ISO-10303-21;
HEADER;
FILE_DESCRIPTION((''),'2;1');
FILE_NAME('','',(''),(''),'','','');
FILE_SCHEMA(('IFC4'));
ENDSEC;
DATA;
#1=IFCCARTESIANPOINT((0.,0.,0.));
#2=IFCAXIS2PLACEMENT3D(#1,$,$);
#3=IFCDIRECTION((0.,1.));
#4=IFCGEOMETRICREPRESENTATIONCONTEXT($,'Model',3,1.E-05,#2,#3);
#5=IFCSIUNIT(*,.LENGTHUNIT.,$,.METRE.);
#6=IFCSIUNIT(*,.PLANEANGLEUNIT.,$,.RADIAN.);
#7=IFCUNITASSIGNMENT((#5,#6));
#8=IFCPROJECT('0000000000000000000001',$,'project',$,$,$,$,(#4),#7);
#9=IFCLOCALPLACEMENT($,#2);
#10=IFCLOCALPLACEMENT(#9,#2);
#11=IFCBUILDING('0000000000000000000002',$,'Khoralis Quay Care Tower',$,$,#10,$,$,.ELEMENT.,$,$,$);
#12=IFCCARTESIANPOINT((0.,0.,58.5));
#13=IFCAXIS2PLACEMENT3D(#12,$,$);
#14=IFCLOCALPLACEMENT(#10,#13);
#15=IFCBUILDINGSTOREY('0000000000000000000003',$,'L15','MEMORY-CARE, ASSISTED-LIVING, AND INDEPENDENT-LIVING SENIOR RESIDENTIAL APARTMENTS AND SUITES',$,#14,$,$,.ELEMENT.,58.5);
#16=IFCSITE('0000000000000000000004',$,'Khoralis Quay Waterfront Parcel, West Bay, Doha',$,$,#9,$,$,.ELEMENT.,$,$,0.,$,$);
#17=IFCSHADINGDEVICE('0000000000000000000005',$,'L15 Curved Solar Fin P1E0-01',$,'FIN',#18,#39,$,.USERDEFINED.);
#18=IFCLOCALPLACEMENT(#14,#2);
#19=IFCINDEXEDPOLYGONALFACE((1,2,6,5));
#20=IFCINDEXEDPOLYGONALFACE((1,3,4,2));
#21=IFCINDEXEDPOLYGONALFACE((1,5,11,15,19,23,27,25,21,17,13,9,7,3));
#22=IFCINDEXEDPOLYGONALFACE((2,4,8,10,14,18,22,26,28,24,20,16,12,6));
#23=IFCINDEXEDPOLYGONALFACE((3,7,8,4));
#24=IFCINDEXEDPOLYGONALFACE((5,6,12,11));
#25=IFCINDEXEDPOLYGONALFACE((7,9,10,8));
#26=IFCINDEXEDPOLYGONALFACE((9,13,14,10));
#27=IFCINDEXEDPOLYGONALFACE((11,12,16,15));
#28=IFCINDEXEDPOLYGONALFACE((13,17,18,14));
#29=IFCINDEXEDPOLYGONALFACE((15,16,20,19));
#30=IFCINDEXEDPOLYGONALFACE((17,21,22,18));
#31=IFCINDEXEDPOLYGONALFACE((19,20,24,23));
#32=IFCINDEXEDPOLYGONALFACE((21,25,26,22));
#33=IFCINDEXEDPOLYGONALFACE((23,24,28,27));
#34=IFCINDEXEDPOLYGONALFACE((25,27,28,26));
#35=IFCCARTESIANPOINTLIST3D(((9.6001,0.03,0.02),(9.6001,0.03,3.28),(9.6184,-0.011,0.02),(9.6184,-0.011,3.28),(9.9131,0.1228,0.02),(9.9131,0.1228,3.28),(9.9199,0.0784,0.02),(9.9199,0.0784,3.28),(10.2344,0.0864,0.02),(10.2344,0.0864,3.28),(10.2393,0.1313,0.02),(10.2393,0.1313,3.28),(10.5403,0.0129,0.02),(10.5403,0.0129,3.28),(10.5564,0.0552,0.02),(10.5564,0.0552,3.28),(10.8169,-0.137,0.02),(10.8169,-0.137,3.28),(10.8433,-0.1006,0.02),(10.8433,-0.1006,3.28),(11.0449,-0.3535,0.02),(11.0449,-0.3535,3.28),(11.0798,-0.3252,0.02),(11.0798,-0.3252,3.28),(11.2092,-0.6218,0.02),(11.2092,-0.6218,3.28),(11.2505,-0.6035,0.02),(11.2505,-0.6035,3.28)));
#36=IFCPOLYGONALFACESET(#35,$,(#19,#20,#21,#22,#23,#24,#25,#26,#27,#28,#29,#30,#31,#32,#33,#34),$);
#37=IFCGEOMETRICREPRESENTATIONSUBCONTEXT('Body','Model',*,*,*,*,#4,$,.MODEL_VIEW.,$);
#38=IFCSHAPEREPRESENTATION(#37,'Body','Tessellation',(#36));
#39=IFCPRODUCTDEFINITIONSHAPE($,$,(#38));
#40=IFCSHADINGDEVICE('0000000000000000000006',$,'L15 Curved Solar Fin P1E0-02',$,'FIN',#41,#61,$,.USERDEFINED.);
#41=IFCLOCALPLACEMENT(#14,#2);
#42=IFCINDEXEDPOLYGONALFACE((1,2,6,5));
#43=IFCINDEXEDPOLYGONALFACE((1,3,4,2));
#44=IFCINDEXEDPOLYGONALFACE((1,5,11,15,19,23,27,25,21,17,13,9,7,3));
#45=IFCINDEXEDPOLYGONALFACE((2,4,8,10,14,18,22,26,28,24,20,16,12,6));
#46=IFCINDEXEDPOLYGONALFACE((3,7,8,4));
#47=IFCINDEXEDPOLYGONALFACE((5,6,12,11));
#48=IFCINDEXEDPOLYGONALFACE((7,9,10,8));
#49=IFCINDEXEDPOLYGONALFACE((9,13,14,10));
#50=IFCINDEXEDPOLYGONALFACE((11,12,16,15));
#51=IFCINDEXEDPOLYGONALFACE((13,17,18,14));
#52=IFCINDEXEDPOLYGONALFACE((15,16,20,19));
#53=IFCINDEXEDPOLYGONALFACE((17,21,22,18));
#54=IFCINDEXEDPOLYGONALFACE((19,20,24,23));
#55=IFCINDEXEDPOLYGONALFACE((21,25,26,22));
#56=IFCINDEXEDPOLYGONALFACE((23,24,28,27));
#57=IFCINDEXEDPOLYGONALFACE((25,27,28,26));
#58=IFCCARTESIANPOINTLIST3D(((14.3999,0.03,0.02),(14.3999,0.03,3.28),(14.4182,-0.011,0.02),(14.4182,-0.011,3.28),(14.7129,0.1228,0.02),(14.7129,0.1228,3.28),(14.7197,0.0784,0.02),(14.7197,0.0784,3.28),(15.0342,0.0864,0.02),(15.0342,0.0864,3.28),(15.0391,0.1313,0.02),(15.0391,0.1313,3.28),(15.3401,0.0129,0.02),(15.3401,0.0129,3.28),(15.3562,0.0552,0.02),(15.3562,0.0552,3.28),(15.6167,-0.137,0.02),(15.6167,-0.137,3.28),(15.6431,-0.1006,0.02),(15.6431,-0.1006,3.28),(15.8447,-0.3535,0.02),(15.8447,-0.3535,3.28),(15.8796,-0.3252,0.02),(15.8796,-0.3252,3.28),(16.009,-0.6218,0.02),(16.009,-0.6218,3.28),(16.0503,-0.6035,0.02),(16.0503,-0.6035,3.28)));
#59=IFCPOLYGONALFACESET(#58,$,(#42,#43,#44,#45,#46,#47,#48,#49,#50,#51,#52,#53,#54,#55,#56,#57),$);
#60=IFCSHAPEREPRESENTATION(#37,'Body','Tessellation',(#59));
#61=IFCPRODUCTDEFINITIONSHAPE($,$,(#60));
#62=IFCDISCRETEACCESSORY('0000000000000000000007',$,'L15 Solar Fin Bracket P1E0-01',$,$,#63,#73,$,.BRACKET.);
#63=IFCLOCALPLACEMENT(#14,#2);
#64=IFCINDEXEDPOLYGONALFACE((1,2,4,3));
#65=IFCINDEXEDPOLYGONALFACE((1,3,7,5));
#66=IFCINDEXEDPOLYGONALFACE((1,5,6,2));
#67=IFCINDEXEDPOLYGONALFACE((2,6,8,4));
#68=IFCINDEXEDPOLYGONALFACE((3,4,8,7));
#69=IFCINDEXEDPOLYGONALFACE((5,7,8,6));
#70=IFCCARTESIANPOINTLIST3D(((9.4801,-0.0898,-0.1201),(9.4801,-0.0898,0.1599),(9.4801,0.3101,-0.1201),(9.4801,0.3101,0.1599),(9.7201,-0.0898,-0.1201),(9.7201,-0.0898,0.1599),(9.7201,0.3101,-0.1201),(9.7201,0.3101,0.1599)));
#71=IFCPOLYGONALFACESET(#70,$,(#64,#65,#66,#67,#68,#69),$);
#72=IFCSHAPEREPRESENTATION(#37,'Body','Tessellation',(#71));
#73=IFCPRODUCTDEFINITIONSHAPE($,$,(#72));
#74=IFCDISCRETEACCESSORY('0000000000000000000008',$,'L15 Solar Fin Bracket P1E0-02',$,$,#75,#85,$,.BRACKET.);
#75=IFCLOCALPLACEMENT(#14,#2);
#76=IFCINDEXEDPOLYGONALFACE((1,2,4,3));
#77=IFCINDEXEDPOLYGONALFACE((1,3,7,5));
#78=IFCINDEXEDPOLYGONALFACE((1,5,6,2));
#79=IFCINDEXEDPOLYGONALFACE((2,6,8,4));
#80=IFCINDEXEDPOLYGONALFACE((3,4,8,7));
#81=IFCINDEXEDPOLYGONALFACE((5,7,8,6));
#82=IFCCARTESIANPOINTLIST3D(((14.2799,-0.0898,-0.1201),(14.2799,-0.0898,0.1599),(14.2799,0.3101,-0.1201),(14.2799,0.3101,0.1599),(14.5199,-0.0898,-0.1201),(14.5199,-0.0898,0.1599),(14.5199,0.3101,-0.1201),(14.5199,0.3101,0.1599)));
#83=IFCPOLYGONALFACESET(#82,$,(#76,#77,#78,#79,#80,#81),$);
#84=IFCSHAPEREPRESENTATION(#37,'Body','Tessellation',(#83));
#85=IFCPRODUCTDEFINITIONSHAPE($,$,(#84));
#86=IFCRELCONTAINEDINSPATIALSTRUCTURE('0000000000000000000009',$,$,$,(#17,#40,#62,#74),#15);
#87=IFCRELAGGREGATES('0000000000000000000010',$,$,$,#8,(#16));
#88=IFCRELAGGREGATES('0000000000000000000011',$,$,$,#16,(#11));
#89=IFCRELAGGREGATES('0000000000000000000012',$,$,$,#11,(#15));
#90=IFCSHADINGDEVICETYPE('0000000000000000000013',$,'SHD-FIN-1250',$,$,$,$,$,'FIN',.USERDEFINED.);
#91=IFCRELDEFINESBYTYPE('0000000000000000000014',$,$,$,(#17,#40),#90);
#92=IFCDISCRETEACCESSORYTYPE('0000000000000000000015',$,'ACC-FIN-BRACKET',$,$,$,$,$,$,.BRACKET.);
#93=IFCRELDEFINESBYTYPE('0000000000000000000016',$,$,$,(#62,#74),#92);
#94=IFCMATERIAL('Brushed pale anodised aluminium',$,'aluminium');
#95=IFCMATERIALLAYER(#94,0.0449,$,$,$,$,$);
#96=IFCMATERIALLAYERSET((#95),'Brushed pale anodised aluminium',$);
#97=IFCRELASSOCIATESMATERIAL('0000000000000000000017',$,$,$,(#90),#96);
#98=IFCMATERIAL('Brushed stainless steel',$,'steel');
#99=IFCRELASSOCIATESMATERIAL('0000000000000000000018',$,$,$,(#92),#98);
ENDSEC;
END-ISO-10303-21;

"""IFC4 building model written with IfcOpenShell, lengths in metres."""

from ifc_helpers import new_model, si_unit, direction, frame, origin, origin_2d, place, context, subcontext, project, spatial, polyline, rectangle, outline, extrude, source, transform, mapped, material, layer, layer_set, type_object, element, save


model = new_model("IFC4")

# Units and contexts
model_context = context("Model", 3, precision=1e-05, world=origin(), true_north=direction((0.0, 1.0)))
body_context = subcontext(model_context, "Body", "Model", "MODEL_VIEW")
ifc_project = project(units=[si_unit("LENGTHUNIT", "METRE"), si_unit("PLANEANGLEUNIT", "RADIAN")], contexts=[model_context])

# Site, building, storey
site_placement = place(None, origin())
site = spatial("IfcSite", under=ifc_project, at=site_placement, Name="Khoralis Quay Waterfront Parcel, West Bay, Doha", CompositionType="ELEMENT", RefElevation=0.0)
building_placement = place(site_placement, origin())
building = spatial("IfcBuilding", under=site, at=building_placement, Name="Khoralis Quay Care Tower", CompositionType="ELEMENT")
storey_placement = place(building_placement, frame((0.0, 0.0, 58.5)))
storey = spatial("IfcBuildingStorey", under=building, at=storey_placement, Name="L15", Description="MEMORY-CARE, ASSISTED-LIVING, AND INDEPENDENT-LIVING SENIOR RESIDENTIAL APARTMENTS AND SUITES", CompositionType="ELEMENT", Elevation=58.5)

# Shading devices
ifc_material_1 = material(Name="Brushed pale anodised aluminium", Category="aluminium")
ifc_layer_1 = layer(ifc_material_1, 0.0449)
ifc_layer_set_1 = layer_set([ifc_layer_1], Name="Brushed pale anodised aluminium")
shading_device_type = type_object("IfcShadingDeviceType", Name="SHD-FIN-1250", ElementType="FIN", PredefinedType="USERDEFINED", material=ifc_layer_set_1)
shared_shape_1 = source(origin(), body_context, "Body", "SweptSolid", [
    extrude(outline(polyline([(0.0, 0.0), (-0.0928, 0.313), (-0.1013, 0.6392), (-0.0251, 0.9563), (0.1306, 1.2432), (0.3552, 1.4797), (0.6335, 1.6504), (0.6519, 1.6091), (0.3835, 1.4448), (0.167, 1.2168), (0.0171, 0.9402), (-0.0564, 0.6343), (-0.0483, 0.3198), (0.041, 0.0183), (0.0, 0.0)])), origin(), (0.0, 0.0, 1.0), 3.26),
])
for number, where, z_axis, x_axis, name in (
    (1, (9.6001, 0.03, 0.02), (0.0, 0.0, 1.0), (0.0, -1.0, 0.0), "L15 Curved Solar Fin P1E0-01"),
    (2, (14.3999, 0.03, 0.02), (0.0, 0.0, 1.0), (0.0, -1.0, 0.0), "L15 Curved Solar Fin P1E0-02"),
):
    element("IfcShadingDevice", number, at=place(storey_placement, frame(where, z_axis=z_axis, x_axis=x_axis)), inside=storey, type_object=shading_device_type, Name=name, ObjectType="FIN", PredefinedType="USERDEFINED", context=body_context, shape_type="MappedRepresentation", body=[
        mapped(shared_shape_1, transform((0.0, 0.0, 0.0), scale=1.0)),
    ])

# Discrete accessories
ifc_material_2 = material(Name="Brushed stainless steel", Category="steel")
discrete_accessory_type = type_object("IfcDiscreteAccessoryType", Name="ACC-FIN-BRACKET", PredefinedType="BRACKET", material=ifc_material_2)
shared_shape_2 = source(origin(), body_context, "Body", "SweptSolid", [
    extrude(rectangle(XDim=0.3999, YDim=0.24, at=origin_2d()), origin(), (0.0, 0.0, 1.0), 0.28),
])
for number, where, z_axis, x_axis, name in (
    (3, (9.6001, 0.1101, -0.1201), (0.0, 0.0, 1.0), (0.0, -1.0, 0.0), "L15 Solar Fin Bracket P1E0-01"),
    (4, (14.3999, 0.1101, -0.1201), (0.0, 0.0, 1.0), (0.0, -1.0, 0.0), "L15 Solar Fin Bracket P1E0-02"),
):
    element("IfcDiscreteAccessory", number, at=place(storey_placement, frame(where, z_axis=z_axis, x_axis=x_axis)), inside=storey, type_object=discrete_accessory_type, Name=name, PredefinedType="BRACKET", context=body_context, shape_type="MappedRepresentation", body=[
        mapped(shared_shape_2, transform((0.0, 0.0, 0.0), scale=1.0)),
    ])

save(model, "model.ifc")
